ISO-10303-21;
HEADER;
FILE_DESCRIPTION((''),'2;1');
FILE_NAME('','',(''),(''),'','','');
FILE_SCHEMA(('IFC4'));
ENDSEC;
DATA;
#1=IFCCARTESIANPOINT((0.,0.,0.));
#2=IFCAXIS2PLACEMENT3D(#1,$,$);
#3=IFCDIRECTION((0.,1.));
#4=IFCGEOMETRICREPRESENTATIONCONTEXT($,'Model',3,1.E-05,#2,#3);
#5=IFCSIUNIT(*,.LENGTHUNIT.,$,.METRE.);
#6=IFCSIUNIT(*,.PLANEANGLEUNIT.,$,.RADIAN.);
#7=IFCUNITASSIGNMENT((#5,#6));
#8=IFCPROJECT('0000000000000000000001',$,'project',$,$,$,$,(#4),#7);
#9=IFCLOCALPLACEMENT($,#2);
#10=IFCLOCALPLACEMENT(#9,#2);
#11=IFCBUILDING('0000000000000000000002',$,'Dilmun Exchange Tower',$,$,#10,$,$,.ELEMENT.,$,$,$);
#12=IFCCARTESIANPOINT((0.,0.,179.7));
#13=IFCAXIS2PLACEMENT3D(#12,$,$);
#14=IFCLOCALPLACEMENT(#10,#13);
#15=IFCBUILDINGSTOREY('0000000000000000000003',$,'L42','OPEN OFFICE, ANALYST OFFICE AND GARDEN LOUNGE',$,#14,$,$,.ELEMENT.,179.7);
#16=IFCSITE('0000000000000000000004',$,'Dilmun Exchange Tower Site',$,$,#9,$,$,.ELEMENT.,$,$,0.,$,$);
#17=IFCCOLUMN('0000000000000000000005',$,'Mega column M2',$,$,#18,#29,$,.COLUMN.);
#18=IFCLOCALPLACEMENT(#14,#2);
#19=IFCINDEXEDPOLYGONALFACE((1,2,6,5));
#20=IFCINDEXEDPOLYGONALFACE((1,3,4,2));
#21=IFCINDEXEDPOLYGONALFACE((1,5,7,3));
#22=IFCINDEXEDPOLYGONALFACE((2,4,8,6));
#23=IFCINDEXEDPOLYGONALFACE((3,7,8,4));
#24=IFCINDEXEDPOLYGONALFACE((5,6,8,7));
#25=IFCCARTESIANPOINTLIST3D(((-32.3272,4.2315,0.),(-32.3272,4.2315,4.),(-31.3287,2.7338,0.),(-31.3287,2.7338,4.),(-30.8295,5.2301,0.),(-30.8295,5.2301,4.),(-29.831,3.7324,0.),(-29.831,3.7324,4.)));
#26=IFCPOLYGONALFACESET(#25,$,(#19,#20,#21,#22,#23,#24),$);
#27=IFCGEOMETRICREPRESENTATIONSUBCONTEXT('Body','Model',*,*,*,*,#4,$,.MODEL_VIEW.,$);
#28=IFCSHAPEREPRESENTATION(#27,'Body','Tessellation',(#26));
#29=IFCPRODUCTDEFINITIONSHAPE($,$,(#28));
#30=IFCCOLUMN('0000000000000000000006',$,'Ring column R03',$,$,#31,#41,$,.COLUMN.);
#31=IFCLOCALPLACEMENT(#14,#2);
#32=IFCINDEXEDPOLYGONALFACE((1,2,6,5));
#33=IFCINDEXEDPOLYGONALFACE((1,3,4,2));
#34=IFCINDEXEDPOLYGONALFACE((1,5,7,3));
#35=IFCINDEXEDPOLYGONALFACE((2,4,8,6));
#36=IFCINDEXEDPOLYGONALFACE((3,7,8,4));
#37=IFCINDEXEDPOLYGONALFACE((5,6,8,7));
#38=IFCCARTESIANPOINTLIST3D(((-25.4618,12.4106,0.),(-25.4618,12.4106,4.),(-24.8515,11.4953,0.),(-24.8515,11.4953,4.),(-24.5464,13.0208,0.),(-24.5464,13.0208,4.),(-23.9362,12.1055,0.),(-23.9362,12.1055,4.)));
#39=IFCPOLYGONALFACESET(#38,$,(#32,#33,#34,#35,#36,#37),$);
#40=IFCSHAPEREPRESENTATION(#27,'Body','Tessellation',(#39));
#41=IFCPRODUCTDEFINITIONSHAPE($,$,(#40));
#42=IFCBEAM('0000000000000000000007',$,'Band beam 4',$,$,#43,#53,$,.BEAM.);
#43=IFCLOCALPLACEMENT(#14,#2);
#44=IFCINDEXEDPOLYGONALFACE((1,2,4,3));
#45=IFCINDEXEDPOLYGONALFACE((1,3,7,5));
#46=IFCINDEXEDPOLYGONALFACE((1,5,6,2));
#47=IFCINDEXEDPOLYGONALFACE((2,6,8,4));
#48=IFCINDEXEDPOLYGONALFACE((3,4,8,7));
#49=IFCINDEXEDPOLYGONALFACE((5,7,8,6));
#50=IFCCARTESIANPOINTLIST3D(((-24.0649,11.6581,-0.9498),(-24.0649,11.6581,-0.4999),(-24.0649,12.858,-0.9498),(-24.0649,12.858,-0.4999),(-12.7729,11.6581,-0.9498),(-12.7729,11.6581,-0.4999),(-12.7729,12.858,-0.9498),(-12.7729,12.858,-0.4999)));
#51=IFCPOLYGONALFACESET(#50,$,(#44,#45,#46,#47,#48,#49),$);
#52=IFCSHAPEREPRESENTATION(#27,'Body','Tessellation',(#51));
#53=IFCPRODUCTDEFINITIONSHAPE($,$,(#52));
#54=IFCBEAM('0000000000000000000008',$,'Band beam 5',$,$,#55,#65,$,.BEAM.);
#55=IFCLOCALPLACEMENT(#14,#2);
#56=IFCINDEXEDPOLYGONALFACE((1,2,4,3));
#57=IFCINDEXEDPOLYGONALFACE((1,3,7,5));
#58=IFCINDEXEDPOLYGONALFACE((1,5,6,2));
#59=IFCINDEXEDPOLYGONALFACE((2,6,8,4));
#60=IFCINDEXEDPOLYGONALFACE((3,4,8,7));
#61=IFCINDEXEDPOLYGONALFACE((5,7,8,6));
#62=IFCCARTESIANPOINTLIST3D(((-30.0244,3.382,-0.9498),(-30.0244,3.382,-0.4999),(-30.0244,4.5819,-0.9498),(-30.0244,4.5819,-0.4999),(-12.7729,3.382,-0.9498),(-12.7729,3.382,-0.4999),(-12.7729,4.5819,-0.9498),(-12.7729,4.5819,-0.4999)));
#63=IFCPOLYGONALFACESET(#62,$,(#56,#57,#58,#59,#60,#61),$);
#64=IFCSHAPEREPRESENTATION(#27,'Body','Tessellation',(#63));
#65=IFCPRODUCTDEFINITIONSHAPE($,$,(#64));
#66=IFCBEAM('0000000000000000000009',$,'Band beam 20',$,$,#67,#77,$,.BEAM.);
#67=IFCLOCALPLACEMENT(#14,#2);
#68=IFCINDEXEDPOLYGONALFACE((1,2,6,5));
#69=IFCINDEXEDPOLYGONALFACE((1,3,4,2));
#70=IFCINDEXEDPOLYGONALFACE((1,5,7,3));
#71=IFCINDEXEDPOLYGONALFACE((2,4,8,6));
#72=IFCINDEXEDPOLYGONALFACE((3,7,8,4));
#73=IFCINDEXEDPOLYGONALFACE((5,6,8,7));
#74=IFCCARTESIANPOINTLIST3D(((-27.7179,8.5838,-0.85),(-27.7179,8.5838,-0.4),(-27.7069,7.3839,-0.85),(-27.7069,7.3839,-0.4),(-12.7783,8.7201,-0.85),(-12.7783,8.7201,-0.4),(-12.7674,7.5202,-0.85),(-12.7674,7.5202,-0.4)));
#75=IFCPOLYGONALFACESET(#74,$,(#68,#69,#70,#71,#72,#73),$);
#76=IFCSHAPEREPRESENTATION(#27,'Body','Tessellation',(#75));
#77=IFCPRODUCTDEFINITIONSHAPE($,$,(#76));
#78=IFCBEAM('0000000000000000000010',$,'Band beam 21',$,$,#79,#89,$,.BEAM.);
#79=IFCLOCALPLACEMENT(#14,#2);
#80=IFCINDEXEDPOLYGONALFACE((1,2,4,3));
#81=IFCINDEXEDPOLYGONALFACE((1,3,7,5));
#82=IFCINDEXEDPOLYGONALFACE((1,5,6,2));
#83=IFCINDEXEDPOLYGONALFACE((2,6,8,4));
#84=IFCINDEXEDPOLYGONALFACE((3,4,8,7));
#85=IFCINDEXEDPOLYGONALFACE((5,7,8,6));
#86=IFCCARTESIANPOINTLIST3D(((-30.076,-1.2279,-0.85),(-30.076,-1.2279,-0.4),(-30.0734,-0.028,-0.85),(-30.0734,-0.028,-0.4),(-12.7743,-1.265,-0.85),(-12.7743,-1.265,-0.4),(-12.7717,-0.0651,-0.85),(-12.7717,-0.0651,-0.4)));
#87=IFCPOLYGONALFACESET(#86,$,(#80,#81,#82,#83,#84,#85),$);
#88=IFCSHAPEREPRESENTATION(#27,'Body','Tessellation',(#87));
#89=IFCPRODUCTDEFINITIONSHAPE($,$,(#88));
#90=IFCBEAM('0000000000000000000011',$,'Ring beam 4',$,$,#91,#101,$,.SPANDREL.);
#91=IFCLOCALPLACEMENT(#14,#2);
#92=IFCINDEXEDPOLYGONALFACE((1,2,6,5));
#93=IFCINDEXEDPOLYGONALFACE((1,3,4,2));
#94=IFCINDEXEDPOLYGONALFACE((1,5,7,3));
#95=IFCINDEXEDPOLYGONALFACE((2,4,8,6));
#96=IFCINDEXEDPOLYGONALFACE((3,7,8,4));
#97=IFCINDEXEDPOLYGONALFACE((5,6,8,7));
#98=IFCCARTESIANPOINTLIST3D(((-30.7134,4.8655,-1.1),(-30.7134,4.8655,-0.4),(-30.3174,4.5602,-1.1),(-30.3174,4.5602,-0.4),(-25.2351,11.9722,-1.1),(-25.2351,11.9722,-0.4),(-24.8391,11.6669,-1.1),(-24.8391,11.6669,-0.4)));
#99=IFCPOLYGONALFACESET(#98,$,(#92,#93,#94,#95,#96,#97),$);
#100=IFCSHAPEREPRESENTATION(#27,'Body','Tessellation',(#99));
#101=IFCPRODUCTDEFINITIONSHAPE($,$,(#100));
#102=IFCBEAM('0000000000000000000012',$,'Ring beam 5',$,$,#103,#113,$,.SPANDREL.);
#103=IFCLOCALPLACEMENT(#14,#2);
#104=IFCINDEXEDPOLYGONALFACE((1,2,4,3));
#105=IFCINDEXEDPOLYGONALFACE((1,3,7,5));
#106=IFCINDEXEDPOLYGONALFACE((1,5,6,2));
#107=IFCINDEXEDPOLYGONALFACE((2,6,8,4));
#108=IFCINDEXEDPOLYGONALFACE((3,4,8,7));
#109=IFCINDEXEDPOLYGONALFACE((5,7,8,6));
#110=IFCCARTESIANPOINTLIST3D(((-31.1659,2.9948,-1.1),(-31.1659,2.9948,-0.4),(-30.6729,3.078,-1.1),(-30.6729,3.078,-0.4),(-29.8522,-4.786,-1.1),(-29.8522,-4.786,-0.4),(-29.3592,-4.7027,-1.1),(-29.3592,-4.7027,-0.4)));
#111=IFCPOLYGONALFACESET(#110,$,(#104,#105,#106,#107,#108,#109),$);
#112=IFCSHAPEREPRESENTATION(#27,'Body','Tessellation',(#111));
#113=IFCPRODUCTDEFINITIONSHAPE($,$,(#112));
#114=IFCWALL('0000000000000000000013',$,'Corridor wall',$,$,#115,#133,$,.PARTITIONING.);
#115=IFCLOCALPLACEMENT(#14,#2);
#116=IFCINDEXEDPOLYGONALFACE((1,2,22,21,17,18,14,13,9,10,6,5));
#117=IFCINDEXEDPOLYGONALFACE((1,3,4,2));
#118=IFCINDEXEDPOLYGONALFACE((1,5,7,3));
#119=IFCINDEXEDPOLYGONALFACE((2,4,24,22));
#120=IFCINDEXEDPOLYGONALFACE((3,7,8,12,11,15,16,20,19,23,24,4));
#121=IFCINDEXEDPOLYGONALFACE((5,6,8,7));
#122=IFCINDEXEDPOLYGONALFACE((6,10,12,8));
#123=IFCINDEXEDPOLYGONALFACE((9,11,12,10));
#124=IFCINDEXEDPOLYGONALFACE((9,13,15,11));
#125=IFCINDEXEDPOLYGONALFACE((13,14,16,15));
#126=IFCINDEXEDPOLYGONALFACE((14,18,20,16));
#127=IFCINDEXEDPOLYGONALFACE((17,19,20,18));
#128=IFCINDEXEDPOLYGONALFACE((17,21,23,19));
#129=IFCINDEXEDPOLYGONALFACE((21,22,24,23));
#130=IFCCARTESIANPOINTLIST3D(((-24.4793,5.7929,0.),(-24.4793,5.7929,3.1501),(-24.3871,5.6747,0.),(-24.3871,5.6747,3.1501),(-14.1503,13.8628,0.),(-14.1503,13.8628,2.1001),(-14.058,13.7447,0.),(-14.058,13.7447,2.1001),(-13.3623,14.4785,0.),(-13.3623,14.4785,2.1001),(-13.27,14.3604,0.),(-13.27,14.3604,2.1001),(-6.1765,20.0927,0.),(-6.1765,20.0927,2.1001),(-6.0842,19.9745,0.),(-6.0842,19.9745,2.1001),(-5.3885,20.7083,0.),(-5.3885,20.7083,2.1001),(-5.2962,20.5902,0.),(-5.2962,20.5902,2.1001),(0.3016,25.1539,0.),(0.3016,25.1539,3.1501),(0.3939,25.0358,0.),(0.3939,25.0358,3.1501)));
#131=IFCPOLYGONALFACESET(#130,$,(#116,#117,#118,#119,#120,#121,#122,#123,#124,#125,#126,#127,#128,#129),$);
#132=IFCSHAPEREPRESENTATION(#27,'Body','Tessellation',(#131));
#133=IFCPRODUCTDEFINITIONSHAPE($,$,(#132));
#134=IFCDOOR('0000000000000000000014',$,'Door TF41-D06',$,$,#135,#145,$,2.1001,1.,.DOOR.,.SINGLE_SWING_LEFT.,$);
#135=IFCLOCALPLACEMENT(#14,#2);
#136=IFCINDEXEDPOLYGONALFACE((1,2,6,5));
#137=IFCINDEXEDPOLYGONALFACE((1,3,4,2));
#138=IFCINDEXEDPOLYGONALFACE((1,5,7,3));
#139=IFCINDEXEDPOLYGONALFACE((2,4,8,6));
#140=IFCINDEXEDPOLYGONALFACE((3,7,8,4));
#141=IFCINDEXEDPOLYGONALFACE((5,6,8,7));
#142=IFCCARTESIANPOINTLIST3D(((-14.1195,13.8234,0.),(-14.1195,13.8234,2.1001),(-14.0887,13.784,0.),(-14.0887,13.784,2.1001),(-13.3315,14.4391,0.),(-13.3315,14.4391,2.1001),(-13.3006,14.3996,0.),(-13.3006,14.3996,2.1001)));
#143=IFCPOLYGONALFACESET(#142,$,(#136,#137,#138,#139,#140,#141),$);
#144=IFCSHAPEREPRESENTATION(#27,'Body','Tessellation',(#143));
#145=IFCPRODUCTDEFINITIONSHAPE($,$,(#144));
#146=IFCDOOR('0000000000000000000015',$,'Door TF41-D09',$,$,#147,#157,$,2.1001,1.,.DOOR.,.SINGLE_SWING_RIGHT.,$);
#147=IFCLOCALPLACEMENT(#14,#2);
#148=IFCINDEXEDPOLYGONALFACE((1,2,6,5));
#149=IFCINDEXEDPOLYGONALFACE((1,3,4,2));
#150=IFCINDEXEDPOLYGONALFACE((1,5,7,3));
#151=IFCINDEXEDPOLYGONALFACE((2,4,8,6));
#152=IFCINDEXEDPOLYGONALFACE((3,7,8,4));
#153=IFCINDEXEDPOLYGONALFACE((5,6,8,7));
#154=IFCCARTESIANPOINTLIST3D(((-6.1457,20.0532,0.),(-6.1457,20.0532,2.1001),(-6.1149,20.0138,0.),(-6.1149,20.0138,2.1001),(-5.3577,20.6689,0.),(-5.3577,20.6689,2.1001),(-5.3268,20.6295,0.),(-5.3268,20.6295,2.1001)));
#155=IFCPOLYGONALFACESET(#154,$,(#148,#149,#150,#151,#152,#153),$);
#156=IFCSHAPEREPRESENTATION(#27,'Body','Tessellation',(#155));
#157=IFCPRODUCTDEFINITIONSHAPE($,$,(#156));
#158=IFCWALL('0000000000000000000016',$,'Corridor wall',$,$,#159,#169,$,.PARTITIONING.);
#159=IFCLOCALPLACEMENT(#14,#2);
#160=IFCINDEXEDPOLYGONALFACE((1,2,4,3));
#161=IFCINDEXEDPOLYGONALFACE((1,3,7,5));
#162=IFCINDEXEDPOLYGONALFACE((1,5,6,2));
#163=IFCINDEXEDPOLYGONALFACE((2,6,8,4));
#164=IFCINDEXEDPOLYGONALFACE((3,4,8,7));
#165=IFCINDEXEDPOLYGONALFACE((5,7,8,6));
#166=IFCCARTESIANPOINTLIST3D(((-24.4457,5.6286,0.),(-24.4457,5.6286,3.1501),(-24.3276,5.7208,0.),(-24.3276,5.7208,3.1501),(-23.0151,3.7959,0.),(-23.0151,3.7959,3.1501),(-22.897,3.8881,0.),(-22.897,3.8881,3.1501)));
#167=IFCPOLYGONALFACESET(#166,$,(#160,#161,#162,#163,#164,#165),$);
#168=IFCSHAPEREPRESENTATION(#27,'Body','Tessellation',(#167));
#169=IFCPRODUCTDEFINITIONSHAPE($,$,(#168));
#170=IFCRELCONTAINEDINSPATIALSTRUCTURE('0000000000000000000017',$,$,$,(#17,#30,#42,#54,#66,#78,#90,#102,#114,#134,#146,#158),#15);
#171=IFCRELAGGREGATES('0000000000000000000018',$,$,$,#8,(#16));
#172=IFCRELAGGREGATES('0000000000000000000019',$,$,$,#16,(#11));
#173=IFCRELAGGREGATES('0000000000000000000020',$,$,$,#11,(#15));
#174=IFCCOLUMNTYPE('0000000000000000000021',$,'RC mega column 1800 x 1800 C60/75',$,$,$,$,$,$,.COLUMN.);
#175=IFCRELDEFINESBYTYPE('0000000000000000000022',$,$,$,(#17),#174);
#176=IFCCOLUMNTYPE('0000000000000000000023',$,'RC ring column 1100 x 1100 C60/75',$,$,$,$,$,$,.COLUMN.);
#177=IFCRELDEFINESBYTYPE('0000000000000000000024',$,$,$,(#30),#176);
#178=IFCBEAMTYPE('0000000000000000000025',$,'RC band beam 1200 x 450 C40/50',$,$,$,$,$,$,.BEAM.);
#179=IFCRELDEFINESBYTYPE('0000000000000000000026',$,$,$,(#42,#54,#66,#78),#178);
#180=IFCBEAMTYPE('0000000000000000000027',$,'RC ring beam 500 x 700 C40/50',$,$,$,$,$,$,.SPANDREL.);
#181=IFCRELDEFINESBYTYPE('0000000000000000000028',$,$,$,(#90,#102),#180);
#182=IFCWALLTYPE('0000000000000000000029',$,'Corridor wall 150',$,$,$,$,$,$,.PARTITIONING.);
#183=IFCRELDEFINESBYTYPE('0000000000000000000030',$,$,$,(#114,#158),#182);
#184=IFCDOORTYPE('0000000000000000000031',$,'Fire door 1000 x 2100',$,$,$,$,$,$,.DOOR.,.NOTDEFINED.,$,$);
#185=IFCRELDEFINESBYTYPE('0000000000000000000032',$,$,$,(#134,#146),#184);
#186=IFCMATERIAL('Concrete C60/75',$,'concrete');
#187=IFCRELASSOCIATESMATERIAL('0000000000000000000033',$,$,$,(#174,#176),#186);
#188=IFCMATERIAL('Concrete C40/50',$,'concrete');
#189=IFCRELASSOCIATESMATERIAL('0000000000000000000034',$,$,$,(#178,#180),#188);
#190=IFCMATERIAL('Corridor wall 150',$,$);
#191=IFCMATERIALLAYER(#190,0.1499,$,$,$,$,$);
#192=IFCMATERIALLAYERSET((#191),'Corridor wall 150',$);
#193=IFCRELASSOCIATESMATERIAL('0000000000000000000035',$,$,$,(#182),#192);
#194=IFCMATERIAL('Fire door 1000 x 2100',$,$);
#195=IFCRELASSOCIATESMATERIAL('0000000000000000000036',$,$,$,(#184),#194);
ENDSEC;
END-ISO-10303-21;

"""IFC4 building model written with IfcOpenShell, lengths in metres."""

from ifc_helpers import new_model, si_unit, direction, frame, frame_2d, origin, origin_2d, place, context, subcontext, project, spatial, rectangle, extrude, material, layer, layer_set, material_profile, profile_set, type_object, element, fill, save


model = new_model("IFC4")

# Units and contexts
model_context = context("Model", 3, precision=1e-05, world=origin(), true_north=direction((0.0, 1.0)))
body_context = subcontext(model_context, "Body", "Model", "MODEL_VIEW")
ifc_project = project(units=[si_unit("LENGTHUNIT", "METRE"), si_unit("PLANEANGLEUNIT", "RADIAN")], contexts=[model_context])

# Site, building, storey
site_placement = place(None, origin())
site = spatial("IfcSite", under=ifc_project, at=site_placement, Name="Dilmun Exchange Tower Site", CompositionType="ELEMENT", RefElevation=0.0)
building_placement = place(site_placement, origin())
building = spatial("IfcBuilding", under=site, at=building_placement, Name="Dilmun Exchange Tower", CompositionType="ELEMENT")
storey_placement = place(building_placement, frame((0.0, 0.0, 179.7)))
storey = spatial("IfcBuildingStorey", under=building, at=storey_placement, Name="L42", Description="OPEN OFFICE, ANALYST OFFICE AND GARDEN LOUNGE", CompositionType="ELEMENT", Elevation=179.7)

# Columns
ifc_material_1 = material(Name="Concrete C60/75", Category="concrete")
ifc_material_profile_1 = material_profile(ifc_material_1, rectangle(XDim=1.8, YDim=1.8, at=origin_2d()), Name="1800 x 1800")
ifc_profile_set_1 = profile_set([ifc_material_profile_1], Name="Concrete C60/75")
column_type_1 = type_object("IfcColumnType", Name="RC mega column 1800 x 1800 C60/75", PredefinedType="COLUMN", material=ifc_profile_set_1)
column_1_placement = place(storey_placement, frame((-31.0791, 3.9819, 0.0), z_axis=(0.0, 0.0, 1.0), x_axis=(0.832029, 0.554733, 0.0)))
element("IfcColumn", 1, at=column_1_placement, inside=storey, type_object=column_type_1, Name="Mega column M2", PredefinedType="COLUMN", context=body_context, shape_type="SweptSolid", body=[
    extrude(rectangle(XDim=1.8, YDim=1.8, at=origin_2d()), origin(), (0.0, 0.0, 1.0), 4.0),
])
ifc_material_profile_2 = material_profile(ifc_material_1, rectangle(XDim=1.1001, YDim=1.1001, at=origin_2d()), Name="1100 x 1100")
ifc_profile_set_2 = profile_set([ifc_material_profile_2], Name="Concrete C60/75")
column_type_2 = type_object("IfcColumnType", Name="RC ring column 1100 x 1100 C60/75", PredefinedType="COLUMN", material=ifc_profile_set_2)
column_2_placement = place(storey_placement, frame((-24.699, 12.2581, 0.0), z_axis=(0.0, 0.0, 1.0), x_axis=(0.832029, 0.554733, 0.0)))
element("IfcColumn", 2, at=column_2_placement, inside=storey, type_object=column_type_2, Name="Ring column R03", PredefinedType="COLUMN", context=body_context, shape_type="SweptSolid", body=[
    extrude(rectangle(XDim=1.1001, YDim=1.1001, at=origin_2d()), origin(), (0.0, 0.0, 1.0), 4.0),
])

# Beams
ifc_material_2 = material(Name="Concrete C40/50", Category="concrete")
ifc_material_profile_3 = material_profile(ifc_material_2, rectangle(XDim=1.2, YDim=0.45, at=origin_2d()), Name="1200 x 450")
ifc_profile_set_3 = profile_set([ifc_material_profile_3], Name="Concrete C40/50")
beam_type_1 = type_object("IfcBeamType", Name="RC band beam 1200 x 450 C40/50", PredefinedType="BEAM", material=ifc_profile_set_3)
beam_1_placement = place(storey_placement, frame((-24.0649, 12.2581, -0.7249), z_axis=(1.0, 0.0, 0.0), x_axis=(0.0, 1.0, 0.0)))
element("IfcBeam", 3, at=beam_1_placement, inside=storey, type_object=beam_type_1, Name="Band beam 4", PredefinedType="BEAM", context=body_context, shape_type="SweptSolid", body=[
    extrude(rectangle(XDim=1.2, YDim=0.45, at=origin_2d()), origin(), (0.0, 0.0, 1.0), 11.292),
])
beam_2_placement = place(storey_placement, frame((-30.0244, 3.9819, -0.7249), z_axis=(1.0, 0.0, 0.0), x_axis=(0.0, 1.0, 0.0)))
element("IfcBeam", 4, at=beam_2_placement, inside=storey, type_object=beam_type_1, Name="Band beam 5", PredefinedType="BEAM", context=body_context, shape_type="SweptSolid", body=[
    extrude(rectangle(XDim=1.2, YDim=0.45, at=origin_2d()), origin(), (0.0, 0.0, 1.0), 17.2515),
])
beam_3_placement = place(storey_placement, frame((-27.7124, 7.9839, -0.625), z_axis=(0.999958, 0.009118, 0.0), x_axis=(-0.009118, 0.999958, 0.0)))
element("IfcBeam", 5, at=beam_3_placement, inside=storey, type_object=beam_type_1, Name="Band beam 20", PredefinedType="BEAM", context=body_context, shape_type="SweptSolid", body=[
    extrude(rectangle(XDim=1.2, YDim=0.45, at=origin_2d()), origin(), (0.0, 0.0, 1.0), 14.9402),
])
beam_4_placement = place(storey_placement, frame((-30.0747, -0.6279, -0.625), z_axis=(0.999998, -0.002145, 0.0), x_axis=(0.002145, 0.999998, 0.0)))
element("IfcBeam", 6, at=beam_4_placement, inside=storey, type_object=beam_type_1, Name="Band beam 21", PredefinedType="BEAM", context=body_context, shape_type="SweptSolid", body=[
    extrude(rectangle(XDim=1.2, YDim=0.45, at=origin_2d()), origin(), (0.0, 0.0, 1.0), 17.3018),
])
ifc_material_profile_4 = material_profile(ifc_material_2, rectangle(XDim=0.5, YDim=0.7, at=origin_2d()), Name="500 x 700")
ifc_profile_set_4 = profile_set([ifc_material_profile_4], Name="Concrete C40/50")
beam_type_2 = type_object("IfcBeamType", Name="RC ring beam 500 x 700 C40/50", PredefinedType="SPANDREL", material=ifc_profile_set_4)
beam_5_placement = place(storey_placement, frame((-25.0371, 11.8196, -0.75), z_axis=(-0.610522, -0.792, 0.0), x_axis=(0.792, -0.610522, 0.0)))
element("IfcBeam", 7, at=beam_5_placement, inside=storey, type_object=beam_type_2, Name="Ring beam 4", PredefinedType="SPANDREL", context=body_context, shape_type="SweptSolid", body=[
    extrude(rectangle(XDim=0.5, YDim=0.7, at=origin_2d()), origin(), (0.0, 0.0, 1.0), 8.9731),
])
beam_6_placement = place(storey_placement, frame((-30.9194, 3.0364, -0.75), z_axis=(0.166486, -0.986044, 0.0), x_axis=(0.986044, 0.166486, 0.0)))
element("IfcBeam", 8, at=beam_6_placement, inside=storey, type_object=beam_type_2, Name="Ring beam 5", PredefinedType="SPANDREL", context=body_context, shape_type="SweptSolid", body=[
    extrude(rectangle(XDim=0.5, YDim=0.7, at=origin_2d()), origin(), (0.0, 0.0, 1.0), 7.8909),
])

# Wall, openings, doors
ifc_material_3 = material(Name="Corridor wall 150")
ifc_layer_1 = layer(ifc_material_3, 0.1499)
ifc_layer_set_1 = layer_set([ifc_layer_1], Name="Corridor wall 150")
wall_type_1 = type_object("IfcWallType", Name="Corridor wall 150", PredefinedType="PARTITIONING", material=ifc_layer_set_1)
wall_1_placement = place(storey_placement, frame((-24.4331, 5.7339, 0.0), z_axis=(0.0, 0.0, 1.0), x_axis=(0.78801, 0.615662, 0.0)))
wall_1 = element("IfcWall", 9, at=wall_1_placement, inside=storey, type_object=wall_type_1, Name="Corridor wall", PredefinedType="PARTITIONING", context=body_context, shape_type="SweptSolid", body=[
    extrude(rectangle(XDim=31.4475, YDim=0.1499, at=frame_2d((15.7236, 0.0))), origin(), (0.0, 0.0, 1.0), 3.1501),
])
opening_1_placement = place(wall_1_placement, frame((13.1077, 0.0, 0.0)))
opening_1 = element("IfcOpeningElement", 10, at=opening_1_placement, cuts=wall_1, PredefinedType="OPENING", context=body_context, shape_type="SweptSolid", body=[
    extrude(rectangle(XDim=1.0, YDim=2.1001, at=frame_2d((0.5, 1.05))), frame((0.0, 0.085, 0.0), z_axis=(0.0, -1.0, 0.0), x_axis=(1.0, 0.0, 0.0)), (0.0, 0.0, 1.0), 0.1699),
])
opening_2_placement = place(wall_1_placement, frame((23.2266, 0.0, 0.0)))
opening_2 = element("IfcOpeningElement", 11, at=opening_2_placement, cuts=wall_1, PredefinedType="OPENING", context=body_context, shape_type="SweptSolid", body=[
    extrude(rectangle(XDim=1.0, YDim=2.1001, at=frame_2d((0.5, 1.05))), frame((0.0, 0.085, 0.0), z_axis=(0.0, -1.0, 0.0), x_axis=(1.0, 0.0, 0.0)), (0.0, 0.0, 1.0), 0.1699),
])
ifc_material_4 = material(Name="Fire door 1000 x 2100")
door_type = type_object("IfcDoorType", Name="Fire door 1000 x 2100", OperationType="NOTDEFINED", PredefinedType="DOOR", material=ifc_material_4)
door_1_placement = place(opening_1_placement, origin())
door_1 = element("IfcDoor", 12, at=door_1_placement, inside=storey, type_object=door_type, Name="Door TF41-D06", OperationType="SINGLE_SWING_LEFT", OverallHeight=2.1001, OverallWidth=1.0, PredefinedType="DOOR", context=body_context, shape_type="SweptSolid", body=[
    extrude(rectangle(XDim=1.0, YDim=2.1001, at=frame_2d((0.5, 1.05))), frame((0.0, 0.0249, 0.0), z_axis=(0.0, -1.0, 0.0), x_axis=(1.0, 0.0, 0.0)), (0.0, 0.0, 1.0), 0.05),
])
fill(opening_1, door_1)
door_2_placement = place(opening_2_placement, origin())
door_2 = element("IfcDoor", 13, at=door_2_placement, inside=storey, type_object=door_type, Name="Door TF41-D09", OperationType="SINGLE_SWING_RIGHT", OverallHeight=2.1001, OverallWidth=1.0, PredefinedType="DOOR", context=body_context, shape_type="SweptSolid", body=[
    extrude(rectangle(XDim=1.0, YDim=2.1001, at=frame_2d((0.5, 1.05))), frame((0.0, 0.0249, 0.0), z_axis=(0.0, -1.0, 0.0), x_axis=(1.0, 0.0, 0.0)), (0.0, 0.0, 1.0), 0.05),
])
fill(opening_2, door_2)

# Wall
wall_2_placement = place(storey_placement, frame((-24.3867, 5.6748, 0.0), z_axis=(0.0, 0.0, 1.0), x_axis=(0.615328, -0.788271, 0.0)))
element("IfcWall", 14, at=wall_2_placement, inside=storey, type_object=wall_type_1, Name="Corridor wall", PredefinedType="PARTITIONING", context=body_context, shape_type="SweptSolid", body=[
    extrude(rectangle(XDim=2.325, YDim=0.1499, at=frame_2d((1.1626, 0.0))), origin(), (0.0, 0.0, 1.0), 3.1501),
])

save(model, "model.ifc")
